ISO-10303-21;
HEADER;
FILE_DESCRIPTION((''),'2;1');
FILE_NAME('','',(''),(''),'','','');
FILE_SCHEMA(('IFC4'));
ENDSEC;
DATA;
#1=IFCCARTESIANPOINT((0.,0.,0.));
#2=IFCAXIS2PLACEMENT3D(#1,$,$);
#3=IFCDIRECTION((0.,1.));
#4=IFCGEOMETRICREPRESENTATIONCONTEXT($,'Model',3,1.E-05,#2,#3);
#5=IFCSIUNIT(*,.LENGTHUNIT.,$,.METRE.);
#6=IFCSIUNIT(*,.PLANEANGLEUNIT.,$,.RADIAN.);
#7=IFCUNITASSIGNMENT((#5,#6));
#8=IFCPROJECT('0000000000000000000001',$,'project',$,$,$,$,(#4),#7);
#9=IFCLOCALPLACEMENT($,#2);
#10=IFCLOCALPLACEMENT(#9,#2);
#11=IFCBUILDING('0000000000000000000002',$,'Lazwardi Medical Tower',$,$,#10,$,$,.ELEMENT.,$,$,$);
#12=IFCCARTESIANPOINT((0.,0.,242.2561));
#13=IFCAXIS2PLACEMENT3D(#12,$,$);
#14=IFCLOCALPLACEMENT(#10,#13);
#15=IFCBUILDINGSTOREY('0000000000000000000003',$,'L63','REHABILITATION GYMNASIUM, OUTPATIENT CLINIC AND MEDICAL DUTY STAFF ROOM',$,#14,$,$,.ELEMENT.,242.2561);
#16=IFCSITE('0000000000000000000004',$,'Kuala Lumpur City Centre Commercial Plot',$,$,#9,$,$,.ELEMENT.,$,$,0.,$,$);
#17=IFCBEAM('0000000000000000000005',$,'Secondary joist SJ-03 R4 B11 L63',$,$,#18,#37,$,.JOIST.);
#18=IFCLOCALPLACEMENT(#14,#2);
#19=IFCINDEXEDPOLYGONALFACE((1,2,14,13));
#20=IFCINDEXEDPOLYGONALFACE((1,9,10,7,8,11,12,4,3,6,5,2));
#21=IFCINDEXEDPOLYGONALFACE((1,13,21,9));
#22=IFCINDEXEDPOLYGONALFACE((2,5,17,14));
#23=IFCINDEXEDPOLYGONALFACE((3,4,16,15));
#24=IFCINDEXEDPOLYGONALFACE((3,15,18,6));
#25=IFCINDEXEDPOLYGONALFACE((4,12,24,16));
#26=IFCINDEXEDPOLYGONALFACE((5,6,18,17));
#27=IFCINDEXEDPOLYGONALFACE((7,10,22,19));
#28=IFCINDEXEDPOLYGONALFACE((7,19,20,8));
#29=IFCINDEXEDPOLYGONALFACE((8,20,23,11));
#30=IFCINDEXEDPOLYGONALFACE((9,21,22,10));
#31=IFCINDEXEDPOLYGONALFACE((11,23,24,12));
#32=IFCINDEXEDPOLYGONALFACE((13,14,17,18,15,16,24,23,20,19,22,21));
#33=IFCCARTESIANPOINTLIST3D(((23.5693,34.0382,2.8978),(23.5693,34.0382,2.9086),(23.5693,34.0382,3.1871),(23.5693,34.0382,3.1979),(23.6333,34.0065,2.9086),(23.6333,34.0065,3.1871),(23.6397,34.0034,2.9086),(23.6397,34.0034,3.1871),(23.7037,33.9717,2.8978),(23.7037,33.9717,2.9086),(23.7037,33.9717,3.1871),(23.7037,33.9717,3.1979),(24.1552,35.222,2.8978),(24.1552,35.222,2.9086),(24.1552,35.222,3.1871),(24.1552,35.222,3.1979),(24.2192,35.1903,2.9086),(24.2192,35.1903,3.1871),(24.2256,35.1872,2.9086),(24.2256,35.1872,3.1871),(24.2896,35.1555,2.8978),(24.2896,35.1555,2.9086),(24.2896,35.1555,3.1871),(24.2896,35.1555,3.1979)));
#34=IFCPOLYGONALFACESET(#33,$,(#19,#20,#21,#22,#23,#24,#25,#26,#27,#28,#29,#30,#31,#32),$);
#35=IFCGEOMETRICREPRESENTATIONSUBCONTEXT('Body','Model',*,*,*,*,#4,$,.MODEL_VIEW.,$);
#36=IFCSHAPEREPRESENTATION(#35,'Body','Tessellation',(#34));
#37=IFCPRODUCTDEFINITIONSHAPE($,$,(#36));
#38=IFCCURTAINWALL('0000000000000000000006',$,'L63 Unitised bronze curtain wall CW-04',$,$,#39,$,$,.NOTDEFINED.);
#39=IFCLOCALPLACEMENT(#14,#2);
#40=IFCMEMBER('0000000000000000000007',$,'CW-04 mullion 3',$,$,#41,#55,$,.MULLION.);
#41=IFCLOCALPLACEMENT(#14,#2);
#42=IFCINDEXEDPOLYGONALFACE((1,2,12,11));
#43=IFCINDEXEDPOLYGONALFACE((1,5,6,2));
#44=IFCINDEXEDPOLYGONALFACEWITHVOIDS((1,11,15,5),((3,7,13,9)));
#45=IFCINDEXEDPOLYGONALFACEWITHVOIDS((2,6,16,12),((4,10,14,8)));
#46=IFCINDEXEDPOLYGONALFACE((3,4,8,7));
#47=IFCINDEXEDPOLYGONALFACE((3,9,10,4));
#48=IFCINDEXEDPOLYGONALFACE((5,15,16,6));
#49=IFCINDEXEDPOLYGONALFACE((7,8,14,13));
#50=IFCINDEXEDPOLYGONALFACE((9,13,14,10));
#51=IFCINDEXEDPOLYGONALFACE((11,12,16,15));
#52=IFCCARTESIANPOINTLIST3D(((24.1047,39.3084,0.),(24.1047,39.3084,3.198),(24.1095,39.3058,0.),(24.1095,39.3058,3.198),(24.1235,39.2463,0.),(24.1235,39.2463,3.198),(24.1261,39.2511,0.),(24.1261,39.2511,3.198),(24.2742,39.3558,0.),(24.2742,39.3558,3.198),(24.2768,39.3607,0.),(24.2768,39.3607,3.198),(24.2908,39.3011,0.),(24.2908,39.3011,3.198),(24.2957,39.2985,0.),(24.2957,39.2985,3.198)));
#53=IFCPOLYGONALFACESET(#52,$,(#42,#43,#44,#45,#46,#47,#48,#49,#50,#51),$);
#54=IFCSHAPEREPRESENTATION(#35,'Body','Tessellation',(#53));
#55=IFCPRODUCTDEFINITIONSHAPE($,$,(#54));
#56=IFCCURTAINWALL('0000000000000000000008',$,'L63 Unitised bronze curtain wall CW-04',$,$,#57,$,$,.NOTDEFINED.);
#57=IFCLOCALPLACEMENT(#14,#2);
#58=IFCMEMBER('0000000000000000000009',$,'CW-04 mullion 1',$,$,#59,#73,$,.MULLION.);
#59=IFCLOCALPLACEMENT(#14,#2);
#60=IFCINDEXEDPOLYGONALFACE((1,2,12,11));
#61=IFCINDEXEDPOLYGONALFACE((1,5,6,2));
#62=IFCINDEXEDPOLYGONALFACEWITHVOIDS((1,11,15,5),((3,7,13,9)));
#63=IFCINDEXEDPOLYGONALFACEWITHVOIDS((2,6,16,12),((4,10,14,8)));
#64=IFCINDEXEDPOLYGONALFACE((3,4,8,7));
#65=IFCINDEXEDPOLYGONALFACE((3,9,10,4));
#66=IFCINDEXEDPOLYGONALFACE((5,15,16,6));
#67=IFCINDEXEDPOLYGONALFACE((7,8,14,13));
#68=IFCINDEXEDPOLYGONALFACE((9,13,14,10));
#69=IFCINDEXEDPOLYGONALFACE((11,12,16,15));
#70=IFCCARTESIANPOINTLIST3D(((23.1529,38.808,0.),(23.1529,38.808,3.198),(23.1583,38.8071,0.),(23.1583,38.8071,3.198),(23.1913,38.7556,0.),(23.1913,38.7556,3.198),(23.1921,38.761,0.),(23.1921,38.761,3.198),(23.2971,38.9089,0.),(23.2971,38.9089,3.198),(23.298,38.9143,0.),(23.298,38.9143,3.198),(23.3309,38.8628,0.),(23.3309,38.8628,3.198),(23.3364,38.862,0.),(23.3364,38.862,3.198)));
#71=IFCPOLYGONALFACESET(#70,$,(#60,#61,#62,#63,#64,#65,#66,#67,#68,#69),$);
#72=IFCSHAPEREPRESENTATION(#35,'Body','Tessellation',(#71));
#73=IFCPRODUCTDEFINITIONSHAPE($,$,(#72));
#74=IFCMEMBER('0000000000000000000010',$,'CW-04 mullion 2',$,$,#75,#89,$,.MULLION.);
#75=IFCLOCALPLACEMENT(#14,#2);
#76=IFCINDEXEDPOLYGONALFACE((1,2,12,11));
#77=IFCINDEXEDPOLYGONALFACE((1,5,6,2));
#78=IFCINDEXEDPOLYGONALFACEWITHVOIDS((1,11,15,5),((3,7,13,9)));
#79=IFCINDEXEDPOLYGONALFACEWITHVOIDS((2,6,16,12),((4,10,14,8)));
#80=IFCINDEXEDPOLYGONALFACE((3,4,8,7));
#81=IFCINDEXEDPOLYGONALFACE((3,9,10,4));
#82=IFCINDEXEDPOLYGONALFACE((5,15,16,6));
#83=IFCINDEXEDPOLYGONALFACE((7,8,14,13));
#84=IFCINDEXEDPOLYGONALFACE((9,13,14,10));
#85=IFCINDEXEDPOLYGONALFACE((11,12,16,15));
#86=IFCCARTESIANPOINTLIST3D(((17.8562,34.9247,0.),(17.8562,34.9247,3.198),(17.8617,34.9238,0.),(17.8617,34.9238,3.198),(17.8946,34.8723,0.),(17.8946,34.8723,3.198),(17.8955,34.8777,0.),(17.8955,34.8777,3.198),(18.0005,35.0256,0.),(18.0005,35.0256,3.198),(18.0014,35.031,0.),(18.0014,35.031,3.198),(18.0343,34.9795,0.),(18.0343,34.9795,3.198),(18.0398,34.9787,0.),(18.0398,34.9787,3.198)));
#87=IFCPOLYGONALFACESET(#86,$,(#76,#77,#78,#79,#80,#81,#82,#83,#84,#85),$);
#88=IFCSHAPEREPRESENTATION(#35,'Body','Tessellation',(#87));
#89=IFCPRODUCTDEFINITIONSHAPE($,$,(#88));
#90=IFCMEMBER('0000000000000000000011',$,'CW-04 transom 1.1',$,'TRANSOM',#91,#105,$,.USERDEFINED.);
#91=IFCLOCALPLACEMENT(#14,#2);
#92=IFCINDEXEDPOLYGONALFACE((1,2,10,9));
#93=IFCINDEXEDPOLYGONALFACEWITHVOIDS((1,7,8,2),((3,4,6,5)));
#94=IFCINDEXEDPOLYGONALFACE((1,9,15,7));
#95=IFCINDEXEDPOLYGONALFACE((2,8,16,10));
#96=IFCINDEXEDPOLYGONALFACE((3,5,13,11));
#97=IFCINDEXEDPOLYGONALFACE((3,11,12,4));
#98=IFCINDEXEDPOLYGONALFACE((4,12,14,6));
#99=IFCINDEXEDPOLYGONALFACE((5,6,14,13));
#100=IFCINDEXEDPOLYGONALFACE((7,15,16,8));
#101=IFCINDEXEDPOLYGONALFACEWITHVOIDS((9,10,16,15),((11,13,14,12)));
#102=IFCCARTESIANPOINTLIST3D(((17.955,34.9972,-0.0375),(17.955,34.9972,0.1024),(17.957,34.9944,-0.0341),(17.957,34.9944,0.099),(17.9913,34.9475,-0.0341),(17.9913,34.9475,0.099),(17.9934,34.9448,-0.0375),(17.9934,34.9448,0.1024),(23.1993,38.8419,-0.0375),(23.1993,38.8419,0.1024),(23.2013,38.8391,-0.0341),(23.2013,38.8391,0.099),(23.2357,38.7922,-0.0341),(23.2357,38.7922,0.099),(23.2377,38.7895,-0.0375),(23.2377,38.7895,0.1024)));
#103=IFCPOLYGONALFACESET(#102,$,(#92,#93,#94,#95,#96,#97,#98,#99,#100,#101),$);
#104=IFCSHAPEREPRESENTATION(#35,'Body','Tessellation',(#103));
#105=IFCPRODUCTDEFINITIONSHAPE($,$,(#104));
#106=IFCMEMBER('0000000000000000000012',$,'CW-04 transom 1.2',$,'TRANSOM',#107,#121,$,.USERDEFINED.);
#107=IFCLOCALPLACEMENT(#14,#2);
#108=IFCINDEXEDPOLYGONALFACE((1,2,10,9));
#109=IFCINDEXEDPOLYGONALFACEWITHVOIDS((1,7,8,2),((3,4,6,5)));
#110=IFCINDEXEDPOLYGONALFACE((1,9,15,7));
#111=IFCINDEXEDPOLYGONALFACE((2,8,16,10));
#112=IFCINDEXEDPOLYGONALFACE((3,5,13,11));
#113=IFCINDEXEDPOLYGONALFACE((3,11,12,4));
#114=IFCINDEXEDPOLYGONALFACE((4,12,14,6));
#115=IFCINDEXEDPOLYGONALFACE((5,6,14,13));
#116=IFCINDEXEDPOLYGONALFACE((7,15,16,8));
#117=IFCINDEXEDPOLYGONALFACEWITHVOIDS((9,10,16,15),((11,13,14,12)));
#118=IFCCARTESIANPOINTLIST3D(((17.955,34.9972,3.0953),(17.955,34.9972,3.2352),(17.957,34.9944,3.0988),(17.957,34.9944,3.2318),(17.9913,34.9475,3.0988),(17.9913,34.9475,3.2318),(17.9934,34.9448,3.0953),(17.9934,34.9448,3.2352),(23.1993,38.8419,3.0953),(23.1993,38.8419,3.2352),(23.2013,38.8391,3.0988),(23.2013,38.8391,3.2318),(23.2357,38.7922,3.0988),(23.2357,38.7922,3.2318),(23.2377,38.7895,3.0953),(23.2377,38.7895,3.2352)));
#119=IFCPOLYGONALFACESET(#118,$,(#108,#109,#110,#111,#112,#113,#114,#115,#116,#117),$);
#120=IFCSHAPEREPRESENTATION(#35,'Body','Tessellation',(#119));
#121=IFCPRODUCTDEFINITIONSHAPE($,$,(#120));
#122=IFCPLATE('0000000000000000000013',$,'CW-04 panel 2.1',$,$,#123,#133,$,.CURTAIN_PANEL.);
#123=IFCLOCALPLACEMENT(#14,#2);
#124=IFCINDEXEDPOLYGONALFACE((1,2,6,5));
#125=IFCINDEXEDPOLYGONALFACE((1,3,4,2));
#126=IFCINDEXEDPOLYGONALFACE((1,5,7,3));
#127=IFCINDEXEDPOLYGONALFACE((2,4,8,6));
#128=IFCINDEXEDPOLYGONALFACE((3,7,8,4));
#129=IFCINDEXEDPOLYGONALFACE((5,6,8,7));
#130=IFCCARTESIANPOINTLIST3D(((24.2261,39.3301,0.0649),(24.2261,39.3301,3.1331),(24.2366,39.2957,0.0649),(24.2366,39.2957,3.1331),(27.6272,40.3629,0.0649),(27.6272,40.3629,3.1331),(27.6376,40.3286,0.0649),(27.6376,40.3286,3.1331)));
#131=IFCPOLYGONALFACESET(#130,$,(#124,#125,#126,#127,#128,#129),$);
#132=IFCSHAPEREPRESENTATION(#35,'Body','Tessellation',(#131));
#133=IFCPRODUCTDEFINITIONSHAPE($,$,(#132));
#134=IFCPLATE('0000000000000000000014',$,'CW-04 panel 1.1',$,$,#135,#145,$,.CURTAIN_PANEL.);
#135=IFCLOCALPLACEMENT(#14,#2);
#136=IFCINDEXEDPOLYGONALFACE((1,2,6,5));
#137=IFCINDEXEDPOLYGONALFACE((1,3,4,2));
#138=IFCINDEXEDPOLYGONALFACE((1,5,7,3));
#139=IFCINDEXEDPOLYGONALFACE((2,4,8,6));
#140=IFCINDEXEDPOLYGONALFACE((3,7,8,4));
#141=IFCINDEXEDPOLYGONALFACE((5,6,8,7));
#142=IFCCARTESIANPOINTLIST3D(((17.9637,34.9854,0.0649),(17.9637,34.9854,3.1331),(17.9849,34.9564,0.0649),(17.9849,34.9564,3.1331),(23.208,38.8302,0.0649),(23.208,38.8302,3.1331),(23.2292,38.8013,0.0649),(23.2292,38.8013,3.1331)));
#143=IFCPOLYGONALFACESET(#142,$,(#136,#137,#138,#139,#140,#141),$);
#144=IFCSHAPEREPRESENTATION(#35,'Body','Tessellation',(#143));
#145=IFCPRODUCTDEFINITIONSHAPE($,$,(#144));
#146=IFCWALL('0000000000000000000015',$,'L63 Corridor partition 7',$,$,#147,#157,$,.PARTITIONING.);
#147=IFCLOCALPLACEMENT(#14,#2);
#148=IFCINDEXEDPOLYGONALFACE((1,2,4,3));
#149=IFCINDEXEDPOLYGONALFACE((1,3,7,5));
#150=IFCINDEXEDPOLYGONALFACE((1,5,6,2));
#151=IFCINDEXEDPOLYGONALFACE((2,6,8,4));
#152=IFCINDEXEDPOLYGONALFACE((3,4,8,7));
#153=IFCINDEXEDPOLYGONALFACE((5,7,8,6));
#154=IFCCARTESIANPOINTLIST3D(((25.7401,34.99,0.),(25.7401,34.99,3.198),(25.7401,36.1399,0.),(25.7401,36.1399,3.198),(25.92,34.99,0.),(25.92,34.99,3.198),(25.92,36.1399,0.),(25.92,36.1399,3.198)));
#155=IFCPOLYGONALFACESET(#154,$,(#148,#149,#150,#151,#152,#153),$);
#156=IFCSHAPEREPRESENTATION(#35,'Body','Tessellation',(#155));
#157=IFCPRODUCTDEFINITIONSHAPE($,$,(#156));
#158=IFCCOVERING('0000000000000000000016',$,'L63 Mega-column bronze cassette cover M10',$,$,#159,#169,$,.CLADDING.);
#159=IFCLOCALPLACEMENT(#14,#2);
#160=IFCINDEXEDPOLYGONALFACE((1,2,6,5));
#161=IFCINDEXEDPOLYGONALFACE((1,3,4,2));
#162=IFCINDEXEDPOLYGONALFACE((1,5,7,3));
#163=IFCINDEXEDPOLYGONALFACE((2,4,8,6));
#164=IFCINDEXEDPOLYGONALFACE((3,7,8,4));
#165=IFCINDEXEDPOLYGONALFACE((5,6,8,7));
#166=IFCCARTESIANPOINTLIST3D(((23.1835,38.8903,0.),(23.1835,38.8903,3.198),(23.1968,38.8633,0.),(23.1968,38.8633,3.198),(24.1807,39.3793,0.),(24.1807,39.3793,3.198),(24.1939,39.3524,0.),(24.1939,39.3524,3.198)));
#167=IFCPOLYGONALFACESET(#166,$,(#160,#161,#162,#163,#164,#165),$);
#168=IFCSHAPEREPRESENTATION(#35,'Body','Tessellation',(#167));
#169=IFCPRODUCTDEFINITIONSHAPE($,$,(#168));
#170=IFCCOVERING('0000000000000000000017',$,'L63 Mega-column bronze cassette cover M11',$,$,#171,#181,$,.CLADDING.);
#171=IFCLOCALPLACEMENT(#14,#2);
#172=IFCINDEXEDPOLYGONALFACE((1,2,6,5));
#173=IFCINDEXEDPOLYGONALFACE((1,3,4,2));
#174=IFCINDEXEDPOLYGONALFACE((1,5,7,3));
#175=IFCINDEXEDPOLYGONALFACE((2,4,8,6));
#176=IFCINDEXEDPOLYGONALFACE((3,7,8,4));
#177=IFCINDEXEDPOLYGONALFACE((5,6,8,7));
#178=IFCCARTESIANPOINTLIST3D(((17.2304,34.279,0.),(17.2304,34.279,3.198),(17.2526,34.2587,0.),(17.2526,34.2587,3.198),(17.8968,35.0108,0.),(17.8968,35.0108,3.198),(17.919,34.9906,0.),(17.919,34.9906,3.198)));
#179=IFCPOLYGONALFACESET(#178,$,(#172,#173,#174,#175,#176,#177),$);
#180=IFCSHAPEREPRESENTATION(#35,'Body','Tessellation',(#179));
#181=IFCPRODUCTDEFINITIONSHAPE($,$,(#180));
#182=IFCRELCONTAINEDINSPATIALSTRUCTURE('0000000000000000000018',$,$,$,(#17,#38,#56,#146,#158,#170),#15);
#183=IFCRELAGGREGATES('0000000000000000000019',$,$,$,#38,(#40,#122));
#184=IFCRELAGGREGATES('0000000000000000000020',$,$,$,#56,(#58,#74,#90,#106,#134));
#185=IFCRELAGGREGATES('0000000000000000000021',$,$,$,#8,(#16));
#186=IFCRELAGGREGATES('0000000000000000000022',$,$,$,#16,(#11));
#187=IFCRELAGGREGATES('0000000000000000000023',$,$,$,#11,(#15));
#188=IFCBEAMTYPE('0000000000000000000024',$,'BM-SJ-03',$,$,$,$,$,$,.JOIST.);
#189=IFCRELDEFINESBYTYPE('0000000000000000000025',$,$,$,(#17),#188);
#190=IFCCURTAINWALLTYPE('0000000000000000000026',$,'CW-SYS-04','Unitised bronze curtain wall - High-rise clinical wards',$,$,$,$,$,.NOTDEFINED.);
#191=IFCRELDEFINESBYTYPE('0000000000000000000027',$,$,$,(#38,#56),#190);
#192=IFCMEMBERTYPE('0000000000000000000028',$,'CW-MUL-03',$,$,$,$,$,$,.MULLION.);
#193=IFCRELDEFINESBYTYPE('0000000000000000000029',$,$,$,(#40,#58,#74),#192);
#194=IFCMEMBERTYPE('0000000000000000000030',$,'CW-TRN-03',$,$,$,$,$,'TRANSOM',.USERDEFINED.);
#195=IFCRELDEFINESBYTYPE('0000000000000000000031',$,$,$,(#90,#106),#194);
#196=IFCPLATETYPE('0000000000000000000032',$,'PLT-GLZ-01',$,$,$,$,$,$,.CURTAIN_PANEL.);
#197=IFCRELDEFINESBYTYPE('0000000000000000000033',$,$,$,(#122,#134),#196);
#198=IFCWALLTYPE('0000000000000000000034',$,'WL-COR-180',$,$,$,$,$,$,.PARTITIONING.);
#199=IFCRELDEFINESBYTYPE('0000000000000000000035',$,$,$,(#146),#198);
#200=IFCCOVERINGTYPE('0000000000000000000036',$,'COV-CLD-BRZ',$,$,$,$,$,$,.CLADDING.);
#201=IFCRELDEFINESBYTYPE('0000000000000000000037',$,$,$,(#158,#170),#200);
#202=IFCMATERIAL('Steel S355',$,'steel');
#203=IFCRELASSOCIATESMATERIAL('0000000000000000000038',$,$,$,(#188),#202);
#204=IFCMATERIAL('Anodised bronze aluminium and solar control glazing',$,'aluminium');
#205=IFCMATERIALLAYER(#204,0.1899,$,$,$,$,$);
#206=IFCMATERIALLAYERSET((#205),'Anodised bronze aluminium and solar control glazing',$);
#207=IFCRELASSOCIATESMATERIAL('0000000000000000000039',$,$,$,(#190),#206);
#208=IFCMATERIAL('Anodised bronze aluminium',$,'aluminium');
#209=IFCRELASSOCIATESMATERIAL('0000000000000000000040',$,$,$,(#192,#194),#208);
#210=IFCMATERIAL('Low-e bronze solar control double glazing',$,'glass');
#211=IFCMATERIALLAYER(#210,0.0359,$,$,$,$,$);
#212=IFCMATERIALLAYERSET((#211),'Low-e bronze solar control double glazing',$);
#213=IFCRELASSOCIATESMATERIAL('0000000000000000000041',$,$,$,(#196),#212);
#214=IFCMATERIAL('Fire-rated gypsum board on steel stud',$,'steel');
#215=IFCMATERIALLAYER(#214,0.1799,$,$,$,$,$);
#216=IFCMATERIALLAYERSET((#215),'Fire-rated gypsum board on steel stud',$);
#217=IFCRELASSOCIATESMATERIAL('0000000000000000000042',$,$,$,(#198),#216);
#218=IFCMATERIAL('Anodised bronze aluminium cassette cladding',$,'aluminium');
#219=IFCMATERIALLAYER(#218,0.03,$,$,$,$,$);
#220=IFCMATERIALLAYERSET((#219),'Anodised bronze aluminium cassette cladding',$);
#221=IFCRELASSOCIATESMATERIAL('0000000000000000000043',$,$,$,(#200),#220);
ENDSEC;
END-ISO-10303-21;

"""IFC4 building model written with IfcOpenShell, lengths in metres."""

from ifc_helpers import new_model, si_unit, direction, frame, frame_2d, origin, origin_2d, place, context, subcontext, project, spatial, rectangle, hollow_rectangle, i_section, extrude, material, layer, layer_set, material_profile, profile_set, type_object, element, aggregate, save


model = new_model("IFC4")

# Units and contexts
model_context = context("Model", 3, precision=1e-05, world=origin(), true_north=direction((0.0, 1.0)))
body_context = subcontext(model_context, "Body", "Model", "MODEL_VIEW")
ifc_project = project(units=[si_unit("LENGTHUNIT", "METRE"), si_unit("PLANEANGLEUNIT", "RADIAN")], contexts=[model_context])

# Site, building, storey
site_placement = place(None, origin())
site = spatial("IfcSite", under=ifc_project, at=site_placement, Name="Kuala Lumpur City Centre Commercial Plot", CompositionType="ELEMENT", RefElevation=0.0)
building_placement = place(site_placement, origin())
building = spatial("IfcBuilding", under=site, at=building_placement, Name="Lazwardi Medical Tower", CompositionType="ELEMENT")
storey_placement = place(building_placement, frame((0.0, 0.0, 242.2561)))
storey = spatial("IfcBuildingStorey", under=building, at=storey_placement, Name="L63", Description="REHABILITATION GYMNASIUM, OUTPATIENT CLINIC AND MEDICAL DUTY STAFF ROOM", CompositionType="ELEMENT", Elevation=242.2561)

# Beam
ifc_material_1 = material(Name="Steel S355", Category="steel")
ifc_material_profile_1 = material_profile(ifc_material_1, i_section(OverallWidth=0.1499, OverallDepth=0.3, WebThickness=0.0071, FlangeThickness=0.0107, at=origin_2d()), Name="IPE 300")
ifc_profile_set_1 = profile_set([ifc_material_profile_1], Name="Steel S355")
beam_type_1 = type_object("IfcBeamType", Name="BM-SJ-03", PredefinedType="JOIST", material=ifc_profile_set_1)
beam_1_placement = place(storey_placement, frame((24.2224, 35.1887, 3.0479), z_axis=(-0.443587, -0.896231, 0.0), x_axis=(0.896231, -0.443587, 0.0)))
element("IfcBeam", 1, at=beam_1_placement, inside=storey, type_object=beam_type_1, Name="Secondary joist SJ-03 R4 B11 L63", PredefinedType="JOIST", context=body_context, shape_type="SweptSolid", body=[
    extrude(i_section(OverallWidth=0.1499, OverallDepth=0.3, WebThickness=0.0071, FlangeThickness=0.0107, at=origin_2d()), origin(), (0.0, 0.0, 1.0), 1.3208),
])

# Curtain wall, member
ifc_material_2 = material(Name="Anodised bronze aluminium and solar control glazing", Category="aluminium")
ifc_layer_1 = layer(ifc_material_2, 0.1899)
ifc_layer_set_1 = layer_set([ifc_layer_1], Name="Anodised bronze aluminium and solar control glazing")
curtain_wall_type = type_object("IfcCurtainWallType", Name="CW-SYS-04", Description="Unitised bronze curtain wall - High-rise clinical wards", PredefinedType="NOTDEFINED", material=ifc_layer_set_1)
curtain_wall_1_placement = place(storey_placement, origin())
curtain_wall_1 = element("IfcCurtainWall", 2, at=curtain_wall_1_placement, inside=storey, type_object=curtain_wall_type, Name="L63 Unitised bronze curtain wall CW-04", PredefinedType="NOTDEFINED")
ifc_material_3 = material(Name="Anodised bronze aluminium", Category="aluminium")
ifc_material_profile_2 = material_profile(ifc_material_3, hollow_rectangle(XDim=0.0649, YDim=0.1799, WallThickness=0.0039, at=origin_2d()), Name="ALU-MULLION 180x65x4")
ifc_profile_set_2 = profile_set([ifc_material_profile_2], Name="Anodised bronze aluminium")
member_type_1 = type_object("IfcMemberType", Name="CW-MUL-03", PredefinedType="MULLION", material=ifc_profile_set_2)
member_1_placement = place(storey_placement, frame((24.2002, 39.3035, 0.0), z_axis=(0.0, 0.0, 1.0), x_axis=(0.290582, -0.95685, 0.0)))
member_1 = element("IfcMember", 3, at=member_1_placement, type_object=member_type_1, Name="CW-04 mullion 3", PredefinedType="MULLION", context=body_context, shape_type="SweptSolid", body=[
    extrude(hollow_rectangle(XDim=0.0649, YDim=0.1799, WallThickness=0.0039, at=origin_2d()), origin(), (0.0, 0.0, 1.0), 3.198),
])

# Curtain wall, members
curtain_wall_2_placement = place(storey_placement, origin())
curtain_wall_2 = element("IfcCurtainWall", 4, at=curtain_wall_2_placement, inside=storey, type_object=curtain_wall_type, Name="L63 Unitised bronze curtain wall CW-04", PredefinedType="NOTDEFINED")
member_2_placement = place(storey_placement, frame((23.2446, 38.835, 0.0), z_axis=(0.0, 0.0, 1.0), x_axis=(0.591268, -0.806475, 0.0)))
member_2 = element("IfcMember", 5, at=member_2_placement, type_object=member_type_1, Name="CW-04 mullion 1", PredefinedType="MULLION", context=body_context, shape_type="SweptSolid", body=[
    extrude(hollow_rectangle(XDim=0.0649, YDim=0.1799, WallThickness=0.0039, at=origin_2d()), origin(), (0.0, 0.0, 1.0), 3.198),
])
member_3_placement = place(storey_placement, frame((17.948, 34.9517, 0.0), z_axis=(0.0, 0.0, 1.0), x_axis=(0.591268, -0.806475, 0.0)))
member_3 = element("IfcMember", 6, at=member_3_placement, type_object=member_type_1, Name="CW-04 mullion 2", PredefinedType="MULLION", context=body_context, shape_type="SweptSolid", body=[
    extrude(hollow_rectangle(XDim=0.0649, YDim=0.1799, WallThickness=0.0039, at=origin_2d()), origin(), (0.0, 0.0, 1.0), 3.198),
])
ifc_material_profile_3 = material_profile(ifc_material_3, hollow_rectangle(XDim=0.0649, YDim=0.1399, WallThickness=0.0034, at=origin_2d()), Name="ALU-TRANSOM 140x65x3.5")
ifc_profile_set_3 = profile_set([ifc_material_profile_3], Name="Anodised bronze aluminium")
member_type_2 = type_object("IfcMemberType", Name="CW-TRN-03", ElementType="TRANSOM", PredefinedType="USERDEFINED", material=ifc_profile_set_3)
member_4_placement = place(storey_placement, frame((23.2185, 38.8157, 0.0325), z_axis=(-0.80649, -0.591248, 0.0), x_axis=(0.591248, -0.80649, 0.0)))
member_4 = element("IfcMember", 7, at=member_4_placement, type_object=member_type_2, Name="CW-04 transom 1.1", ObjectType="TRANSOM", PredefinedType="USERDEFINED", context=body_context, shape_type="SweptSolid", body=[
    extrude(hollow_rectangle(XDim=0.0649, YDim=0.1399, WallThickness=0.0034, at=origin_2d()), origin(), (0.0, 0.0, 1.0), 6.5027),
])
member_5_placement = place(storey_placement, frame((23.2185, 38.8157, 3.1653), z_axis=(-0.80649, -0.591248, 0.0), x_axis=(0.591248, -0.80649, 0.0)))
member_5 = element("IfcMember", 8, at=member_5_placement, type_object=member_type_2, Name="CW-04 transom 1.2", ObjectType="TRANSOM", PredefinedType="USERDEFINED", context=body_context, shape_type="SweptSolid", body=[
    extrude(hollow_rectangle(XDim=0.0649, YDim=0.1399, WallThickness=0.0034, at=origin_2d()), origin(), (0.0, 0.0, 1.0), 6.5027),
])

# Plates
ifc_material_4 = material(Name="Low-e bronze solar control double glazing", Category="glass")
ifc_layer_2 = layer(ifc_material_4, 0.0359)
ifc_layer_set_2 = layer_set([ifc_layer_2], Name="Low-e bronze solar control double glazing")
plate_type = type_object("IfcPlateType", Name="PLT-GLZ-01", PredefinedType="CURTAIN_PANEL", material=ifc_layer_set_2)
plate_1_placement = place(storey_placement, frame((25.9319, 39.8293, 0.0649), z_axis=(0.0, 0.0, 1.0), x_axis=(-0.95685, -0.290582, 0.0)))
plate_1 = element("IfcPlate", 9, at=plate_1_placement, type_object=plate_type, Name="CW-04 panel 2.1", PredefinedType="CURTAIN_PANEL", context=body_context, shape_type="SweptSolid", body=[
    extrude(rectangle(XDim=3.5544, YDim=0.0359, at=origin_2d()), origin(), (0.0, 0.0, 1.0), 3.0681),
])
aggregate(curtain_wall_1, [member_1, plate_1])
plate_2_placement = place(storey_placement, frame((20.5964, 36.8933, 0.0649), z_axis=(0.0, 0.0, 1.0), x_axis=(-0.806475, -0.591268, 0.0)))
plate_2 = element("IfcPlate", 10, at=plate_2_placement, type_object=plate_type, Name="CW-04 panel 1.1", PredefinedType="CURTAIN_PANEL", context=body_context, shape_type="SweptSolid", body=[
    extrude(rectangle(XDim=6.5027, YDim=0.0359, at=origin_2d()), origin(), (0.0, 0.0, 1.0), 3.0681),
])
aggregate(curtain_wall_2, [member_2, member_3, member_4, member_5, plate_2])

# Shared definitions
ifc_material_5 = material(Name="Fire-rated gypsum board on steel stud", Category="steel")
ifc_layer_3 = layer(ifc_material_5, 0.1799)
ifc_layer_set_3 = layer_set([ifc_layer_3], Name="Fire-rated gypsum board on steel stud")
wall_type = type_object("IfcWallType", Name="WL-COR-180", PredefinedType="PARTITIONING", material=ifc_layer_set_3)

# Wall
wall_1_placement = place(storey_placement, frame((25.8301, 36.1399, 0.0), z_axis=(0.0, 0.0, 1.0), x_axis=(0.0, -1.0, 0.0)))
element("IfcWall", 11, at=wall_1_placement, inside=storey, type_object=wall_type, Name="L63 Corridor partition 7", PredefinedType="PARTITIONING", context=body_context, shape_type="SweptSolid", body=[
    extrude(rectangle(XDim=1.1499, YDim=0.1799, at=frame_2d((0.575, 0.0))), origin(), (0.0, 0.0, 1.0), 3.198),
])

# Coverings
ifc_material_6 = material(Name="Anodised bronze aluminium cassette cladding", Category="aluminium")
ifc_layer_4 = layer(ifc_material_6, 0.03)
ifc_layer_set_4 = layer_set([ifc_layer_4], Name="Anodised bronze aluminium cassette cladding")
covering_type = type_object("IfcCoveringType", Name="COV-CLD-BRZ", PredefinedType="CLADDING", material=ifc_layer_set_4)
covering_1_placement = place(storey_placement, frame((23.6887, 39.1213, 0.0), z_axis=(0.0, 0.0, 1.0), x_axis=(-0.89784, -0.440322, 0.0)))
element("IfcCovering", 12, at=covering_1_placement, inside=storey, type_object=covering_type, Name="L63 Mega-column bronze cassette cover M10", PredefinedType="CLADDING", context=body_context, shape_type="SweptSolid", body=[
    extrude(rectangle(XDim=1.1106, YDim=0.03, at=origin_2d()), origin(), (0.0, 0.0, 1.0), 3.198),
])
covering_2_placement = place(storey_placement, frame((17.5747, 34.6348, 0.0), z_axis=(0.0, 0.0, 1.0), x_axis=(-0.673241, -0.739423, 0.0)))
element("IfcCovering", 13, at=covering_2_placement, inside=storey, type_object=covering_type, Name="L63 Mega-column bronze cassette cover M11", PredefinedType="CLADDING", context=body_context, shape_type="SweptSolid", body=[
    extrude(rectangle(XDim=0.9897, YDim=0.03, at=origin_2d()), origin(), (0.0, 0.0, 1.0), 3.198),
])

save(model, "model.ifc")
